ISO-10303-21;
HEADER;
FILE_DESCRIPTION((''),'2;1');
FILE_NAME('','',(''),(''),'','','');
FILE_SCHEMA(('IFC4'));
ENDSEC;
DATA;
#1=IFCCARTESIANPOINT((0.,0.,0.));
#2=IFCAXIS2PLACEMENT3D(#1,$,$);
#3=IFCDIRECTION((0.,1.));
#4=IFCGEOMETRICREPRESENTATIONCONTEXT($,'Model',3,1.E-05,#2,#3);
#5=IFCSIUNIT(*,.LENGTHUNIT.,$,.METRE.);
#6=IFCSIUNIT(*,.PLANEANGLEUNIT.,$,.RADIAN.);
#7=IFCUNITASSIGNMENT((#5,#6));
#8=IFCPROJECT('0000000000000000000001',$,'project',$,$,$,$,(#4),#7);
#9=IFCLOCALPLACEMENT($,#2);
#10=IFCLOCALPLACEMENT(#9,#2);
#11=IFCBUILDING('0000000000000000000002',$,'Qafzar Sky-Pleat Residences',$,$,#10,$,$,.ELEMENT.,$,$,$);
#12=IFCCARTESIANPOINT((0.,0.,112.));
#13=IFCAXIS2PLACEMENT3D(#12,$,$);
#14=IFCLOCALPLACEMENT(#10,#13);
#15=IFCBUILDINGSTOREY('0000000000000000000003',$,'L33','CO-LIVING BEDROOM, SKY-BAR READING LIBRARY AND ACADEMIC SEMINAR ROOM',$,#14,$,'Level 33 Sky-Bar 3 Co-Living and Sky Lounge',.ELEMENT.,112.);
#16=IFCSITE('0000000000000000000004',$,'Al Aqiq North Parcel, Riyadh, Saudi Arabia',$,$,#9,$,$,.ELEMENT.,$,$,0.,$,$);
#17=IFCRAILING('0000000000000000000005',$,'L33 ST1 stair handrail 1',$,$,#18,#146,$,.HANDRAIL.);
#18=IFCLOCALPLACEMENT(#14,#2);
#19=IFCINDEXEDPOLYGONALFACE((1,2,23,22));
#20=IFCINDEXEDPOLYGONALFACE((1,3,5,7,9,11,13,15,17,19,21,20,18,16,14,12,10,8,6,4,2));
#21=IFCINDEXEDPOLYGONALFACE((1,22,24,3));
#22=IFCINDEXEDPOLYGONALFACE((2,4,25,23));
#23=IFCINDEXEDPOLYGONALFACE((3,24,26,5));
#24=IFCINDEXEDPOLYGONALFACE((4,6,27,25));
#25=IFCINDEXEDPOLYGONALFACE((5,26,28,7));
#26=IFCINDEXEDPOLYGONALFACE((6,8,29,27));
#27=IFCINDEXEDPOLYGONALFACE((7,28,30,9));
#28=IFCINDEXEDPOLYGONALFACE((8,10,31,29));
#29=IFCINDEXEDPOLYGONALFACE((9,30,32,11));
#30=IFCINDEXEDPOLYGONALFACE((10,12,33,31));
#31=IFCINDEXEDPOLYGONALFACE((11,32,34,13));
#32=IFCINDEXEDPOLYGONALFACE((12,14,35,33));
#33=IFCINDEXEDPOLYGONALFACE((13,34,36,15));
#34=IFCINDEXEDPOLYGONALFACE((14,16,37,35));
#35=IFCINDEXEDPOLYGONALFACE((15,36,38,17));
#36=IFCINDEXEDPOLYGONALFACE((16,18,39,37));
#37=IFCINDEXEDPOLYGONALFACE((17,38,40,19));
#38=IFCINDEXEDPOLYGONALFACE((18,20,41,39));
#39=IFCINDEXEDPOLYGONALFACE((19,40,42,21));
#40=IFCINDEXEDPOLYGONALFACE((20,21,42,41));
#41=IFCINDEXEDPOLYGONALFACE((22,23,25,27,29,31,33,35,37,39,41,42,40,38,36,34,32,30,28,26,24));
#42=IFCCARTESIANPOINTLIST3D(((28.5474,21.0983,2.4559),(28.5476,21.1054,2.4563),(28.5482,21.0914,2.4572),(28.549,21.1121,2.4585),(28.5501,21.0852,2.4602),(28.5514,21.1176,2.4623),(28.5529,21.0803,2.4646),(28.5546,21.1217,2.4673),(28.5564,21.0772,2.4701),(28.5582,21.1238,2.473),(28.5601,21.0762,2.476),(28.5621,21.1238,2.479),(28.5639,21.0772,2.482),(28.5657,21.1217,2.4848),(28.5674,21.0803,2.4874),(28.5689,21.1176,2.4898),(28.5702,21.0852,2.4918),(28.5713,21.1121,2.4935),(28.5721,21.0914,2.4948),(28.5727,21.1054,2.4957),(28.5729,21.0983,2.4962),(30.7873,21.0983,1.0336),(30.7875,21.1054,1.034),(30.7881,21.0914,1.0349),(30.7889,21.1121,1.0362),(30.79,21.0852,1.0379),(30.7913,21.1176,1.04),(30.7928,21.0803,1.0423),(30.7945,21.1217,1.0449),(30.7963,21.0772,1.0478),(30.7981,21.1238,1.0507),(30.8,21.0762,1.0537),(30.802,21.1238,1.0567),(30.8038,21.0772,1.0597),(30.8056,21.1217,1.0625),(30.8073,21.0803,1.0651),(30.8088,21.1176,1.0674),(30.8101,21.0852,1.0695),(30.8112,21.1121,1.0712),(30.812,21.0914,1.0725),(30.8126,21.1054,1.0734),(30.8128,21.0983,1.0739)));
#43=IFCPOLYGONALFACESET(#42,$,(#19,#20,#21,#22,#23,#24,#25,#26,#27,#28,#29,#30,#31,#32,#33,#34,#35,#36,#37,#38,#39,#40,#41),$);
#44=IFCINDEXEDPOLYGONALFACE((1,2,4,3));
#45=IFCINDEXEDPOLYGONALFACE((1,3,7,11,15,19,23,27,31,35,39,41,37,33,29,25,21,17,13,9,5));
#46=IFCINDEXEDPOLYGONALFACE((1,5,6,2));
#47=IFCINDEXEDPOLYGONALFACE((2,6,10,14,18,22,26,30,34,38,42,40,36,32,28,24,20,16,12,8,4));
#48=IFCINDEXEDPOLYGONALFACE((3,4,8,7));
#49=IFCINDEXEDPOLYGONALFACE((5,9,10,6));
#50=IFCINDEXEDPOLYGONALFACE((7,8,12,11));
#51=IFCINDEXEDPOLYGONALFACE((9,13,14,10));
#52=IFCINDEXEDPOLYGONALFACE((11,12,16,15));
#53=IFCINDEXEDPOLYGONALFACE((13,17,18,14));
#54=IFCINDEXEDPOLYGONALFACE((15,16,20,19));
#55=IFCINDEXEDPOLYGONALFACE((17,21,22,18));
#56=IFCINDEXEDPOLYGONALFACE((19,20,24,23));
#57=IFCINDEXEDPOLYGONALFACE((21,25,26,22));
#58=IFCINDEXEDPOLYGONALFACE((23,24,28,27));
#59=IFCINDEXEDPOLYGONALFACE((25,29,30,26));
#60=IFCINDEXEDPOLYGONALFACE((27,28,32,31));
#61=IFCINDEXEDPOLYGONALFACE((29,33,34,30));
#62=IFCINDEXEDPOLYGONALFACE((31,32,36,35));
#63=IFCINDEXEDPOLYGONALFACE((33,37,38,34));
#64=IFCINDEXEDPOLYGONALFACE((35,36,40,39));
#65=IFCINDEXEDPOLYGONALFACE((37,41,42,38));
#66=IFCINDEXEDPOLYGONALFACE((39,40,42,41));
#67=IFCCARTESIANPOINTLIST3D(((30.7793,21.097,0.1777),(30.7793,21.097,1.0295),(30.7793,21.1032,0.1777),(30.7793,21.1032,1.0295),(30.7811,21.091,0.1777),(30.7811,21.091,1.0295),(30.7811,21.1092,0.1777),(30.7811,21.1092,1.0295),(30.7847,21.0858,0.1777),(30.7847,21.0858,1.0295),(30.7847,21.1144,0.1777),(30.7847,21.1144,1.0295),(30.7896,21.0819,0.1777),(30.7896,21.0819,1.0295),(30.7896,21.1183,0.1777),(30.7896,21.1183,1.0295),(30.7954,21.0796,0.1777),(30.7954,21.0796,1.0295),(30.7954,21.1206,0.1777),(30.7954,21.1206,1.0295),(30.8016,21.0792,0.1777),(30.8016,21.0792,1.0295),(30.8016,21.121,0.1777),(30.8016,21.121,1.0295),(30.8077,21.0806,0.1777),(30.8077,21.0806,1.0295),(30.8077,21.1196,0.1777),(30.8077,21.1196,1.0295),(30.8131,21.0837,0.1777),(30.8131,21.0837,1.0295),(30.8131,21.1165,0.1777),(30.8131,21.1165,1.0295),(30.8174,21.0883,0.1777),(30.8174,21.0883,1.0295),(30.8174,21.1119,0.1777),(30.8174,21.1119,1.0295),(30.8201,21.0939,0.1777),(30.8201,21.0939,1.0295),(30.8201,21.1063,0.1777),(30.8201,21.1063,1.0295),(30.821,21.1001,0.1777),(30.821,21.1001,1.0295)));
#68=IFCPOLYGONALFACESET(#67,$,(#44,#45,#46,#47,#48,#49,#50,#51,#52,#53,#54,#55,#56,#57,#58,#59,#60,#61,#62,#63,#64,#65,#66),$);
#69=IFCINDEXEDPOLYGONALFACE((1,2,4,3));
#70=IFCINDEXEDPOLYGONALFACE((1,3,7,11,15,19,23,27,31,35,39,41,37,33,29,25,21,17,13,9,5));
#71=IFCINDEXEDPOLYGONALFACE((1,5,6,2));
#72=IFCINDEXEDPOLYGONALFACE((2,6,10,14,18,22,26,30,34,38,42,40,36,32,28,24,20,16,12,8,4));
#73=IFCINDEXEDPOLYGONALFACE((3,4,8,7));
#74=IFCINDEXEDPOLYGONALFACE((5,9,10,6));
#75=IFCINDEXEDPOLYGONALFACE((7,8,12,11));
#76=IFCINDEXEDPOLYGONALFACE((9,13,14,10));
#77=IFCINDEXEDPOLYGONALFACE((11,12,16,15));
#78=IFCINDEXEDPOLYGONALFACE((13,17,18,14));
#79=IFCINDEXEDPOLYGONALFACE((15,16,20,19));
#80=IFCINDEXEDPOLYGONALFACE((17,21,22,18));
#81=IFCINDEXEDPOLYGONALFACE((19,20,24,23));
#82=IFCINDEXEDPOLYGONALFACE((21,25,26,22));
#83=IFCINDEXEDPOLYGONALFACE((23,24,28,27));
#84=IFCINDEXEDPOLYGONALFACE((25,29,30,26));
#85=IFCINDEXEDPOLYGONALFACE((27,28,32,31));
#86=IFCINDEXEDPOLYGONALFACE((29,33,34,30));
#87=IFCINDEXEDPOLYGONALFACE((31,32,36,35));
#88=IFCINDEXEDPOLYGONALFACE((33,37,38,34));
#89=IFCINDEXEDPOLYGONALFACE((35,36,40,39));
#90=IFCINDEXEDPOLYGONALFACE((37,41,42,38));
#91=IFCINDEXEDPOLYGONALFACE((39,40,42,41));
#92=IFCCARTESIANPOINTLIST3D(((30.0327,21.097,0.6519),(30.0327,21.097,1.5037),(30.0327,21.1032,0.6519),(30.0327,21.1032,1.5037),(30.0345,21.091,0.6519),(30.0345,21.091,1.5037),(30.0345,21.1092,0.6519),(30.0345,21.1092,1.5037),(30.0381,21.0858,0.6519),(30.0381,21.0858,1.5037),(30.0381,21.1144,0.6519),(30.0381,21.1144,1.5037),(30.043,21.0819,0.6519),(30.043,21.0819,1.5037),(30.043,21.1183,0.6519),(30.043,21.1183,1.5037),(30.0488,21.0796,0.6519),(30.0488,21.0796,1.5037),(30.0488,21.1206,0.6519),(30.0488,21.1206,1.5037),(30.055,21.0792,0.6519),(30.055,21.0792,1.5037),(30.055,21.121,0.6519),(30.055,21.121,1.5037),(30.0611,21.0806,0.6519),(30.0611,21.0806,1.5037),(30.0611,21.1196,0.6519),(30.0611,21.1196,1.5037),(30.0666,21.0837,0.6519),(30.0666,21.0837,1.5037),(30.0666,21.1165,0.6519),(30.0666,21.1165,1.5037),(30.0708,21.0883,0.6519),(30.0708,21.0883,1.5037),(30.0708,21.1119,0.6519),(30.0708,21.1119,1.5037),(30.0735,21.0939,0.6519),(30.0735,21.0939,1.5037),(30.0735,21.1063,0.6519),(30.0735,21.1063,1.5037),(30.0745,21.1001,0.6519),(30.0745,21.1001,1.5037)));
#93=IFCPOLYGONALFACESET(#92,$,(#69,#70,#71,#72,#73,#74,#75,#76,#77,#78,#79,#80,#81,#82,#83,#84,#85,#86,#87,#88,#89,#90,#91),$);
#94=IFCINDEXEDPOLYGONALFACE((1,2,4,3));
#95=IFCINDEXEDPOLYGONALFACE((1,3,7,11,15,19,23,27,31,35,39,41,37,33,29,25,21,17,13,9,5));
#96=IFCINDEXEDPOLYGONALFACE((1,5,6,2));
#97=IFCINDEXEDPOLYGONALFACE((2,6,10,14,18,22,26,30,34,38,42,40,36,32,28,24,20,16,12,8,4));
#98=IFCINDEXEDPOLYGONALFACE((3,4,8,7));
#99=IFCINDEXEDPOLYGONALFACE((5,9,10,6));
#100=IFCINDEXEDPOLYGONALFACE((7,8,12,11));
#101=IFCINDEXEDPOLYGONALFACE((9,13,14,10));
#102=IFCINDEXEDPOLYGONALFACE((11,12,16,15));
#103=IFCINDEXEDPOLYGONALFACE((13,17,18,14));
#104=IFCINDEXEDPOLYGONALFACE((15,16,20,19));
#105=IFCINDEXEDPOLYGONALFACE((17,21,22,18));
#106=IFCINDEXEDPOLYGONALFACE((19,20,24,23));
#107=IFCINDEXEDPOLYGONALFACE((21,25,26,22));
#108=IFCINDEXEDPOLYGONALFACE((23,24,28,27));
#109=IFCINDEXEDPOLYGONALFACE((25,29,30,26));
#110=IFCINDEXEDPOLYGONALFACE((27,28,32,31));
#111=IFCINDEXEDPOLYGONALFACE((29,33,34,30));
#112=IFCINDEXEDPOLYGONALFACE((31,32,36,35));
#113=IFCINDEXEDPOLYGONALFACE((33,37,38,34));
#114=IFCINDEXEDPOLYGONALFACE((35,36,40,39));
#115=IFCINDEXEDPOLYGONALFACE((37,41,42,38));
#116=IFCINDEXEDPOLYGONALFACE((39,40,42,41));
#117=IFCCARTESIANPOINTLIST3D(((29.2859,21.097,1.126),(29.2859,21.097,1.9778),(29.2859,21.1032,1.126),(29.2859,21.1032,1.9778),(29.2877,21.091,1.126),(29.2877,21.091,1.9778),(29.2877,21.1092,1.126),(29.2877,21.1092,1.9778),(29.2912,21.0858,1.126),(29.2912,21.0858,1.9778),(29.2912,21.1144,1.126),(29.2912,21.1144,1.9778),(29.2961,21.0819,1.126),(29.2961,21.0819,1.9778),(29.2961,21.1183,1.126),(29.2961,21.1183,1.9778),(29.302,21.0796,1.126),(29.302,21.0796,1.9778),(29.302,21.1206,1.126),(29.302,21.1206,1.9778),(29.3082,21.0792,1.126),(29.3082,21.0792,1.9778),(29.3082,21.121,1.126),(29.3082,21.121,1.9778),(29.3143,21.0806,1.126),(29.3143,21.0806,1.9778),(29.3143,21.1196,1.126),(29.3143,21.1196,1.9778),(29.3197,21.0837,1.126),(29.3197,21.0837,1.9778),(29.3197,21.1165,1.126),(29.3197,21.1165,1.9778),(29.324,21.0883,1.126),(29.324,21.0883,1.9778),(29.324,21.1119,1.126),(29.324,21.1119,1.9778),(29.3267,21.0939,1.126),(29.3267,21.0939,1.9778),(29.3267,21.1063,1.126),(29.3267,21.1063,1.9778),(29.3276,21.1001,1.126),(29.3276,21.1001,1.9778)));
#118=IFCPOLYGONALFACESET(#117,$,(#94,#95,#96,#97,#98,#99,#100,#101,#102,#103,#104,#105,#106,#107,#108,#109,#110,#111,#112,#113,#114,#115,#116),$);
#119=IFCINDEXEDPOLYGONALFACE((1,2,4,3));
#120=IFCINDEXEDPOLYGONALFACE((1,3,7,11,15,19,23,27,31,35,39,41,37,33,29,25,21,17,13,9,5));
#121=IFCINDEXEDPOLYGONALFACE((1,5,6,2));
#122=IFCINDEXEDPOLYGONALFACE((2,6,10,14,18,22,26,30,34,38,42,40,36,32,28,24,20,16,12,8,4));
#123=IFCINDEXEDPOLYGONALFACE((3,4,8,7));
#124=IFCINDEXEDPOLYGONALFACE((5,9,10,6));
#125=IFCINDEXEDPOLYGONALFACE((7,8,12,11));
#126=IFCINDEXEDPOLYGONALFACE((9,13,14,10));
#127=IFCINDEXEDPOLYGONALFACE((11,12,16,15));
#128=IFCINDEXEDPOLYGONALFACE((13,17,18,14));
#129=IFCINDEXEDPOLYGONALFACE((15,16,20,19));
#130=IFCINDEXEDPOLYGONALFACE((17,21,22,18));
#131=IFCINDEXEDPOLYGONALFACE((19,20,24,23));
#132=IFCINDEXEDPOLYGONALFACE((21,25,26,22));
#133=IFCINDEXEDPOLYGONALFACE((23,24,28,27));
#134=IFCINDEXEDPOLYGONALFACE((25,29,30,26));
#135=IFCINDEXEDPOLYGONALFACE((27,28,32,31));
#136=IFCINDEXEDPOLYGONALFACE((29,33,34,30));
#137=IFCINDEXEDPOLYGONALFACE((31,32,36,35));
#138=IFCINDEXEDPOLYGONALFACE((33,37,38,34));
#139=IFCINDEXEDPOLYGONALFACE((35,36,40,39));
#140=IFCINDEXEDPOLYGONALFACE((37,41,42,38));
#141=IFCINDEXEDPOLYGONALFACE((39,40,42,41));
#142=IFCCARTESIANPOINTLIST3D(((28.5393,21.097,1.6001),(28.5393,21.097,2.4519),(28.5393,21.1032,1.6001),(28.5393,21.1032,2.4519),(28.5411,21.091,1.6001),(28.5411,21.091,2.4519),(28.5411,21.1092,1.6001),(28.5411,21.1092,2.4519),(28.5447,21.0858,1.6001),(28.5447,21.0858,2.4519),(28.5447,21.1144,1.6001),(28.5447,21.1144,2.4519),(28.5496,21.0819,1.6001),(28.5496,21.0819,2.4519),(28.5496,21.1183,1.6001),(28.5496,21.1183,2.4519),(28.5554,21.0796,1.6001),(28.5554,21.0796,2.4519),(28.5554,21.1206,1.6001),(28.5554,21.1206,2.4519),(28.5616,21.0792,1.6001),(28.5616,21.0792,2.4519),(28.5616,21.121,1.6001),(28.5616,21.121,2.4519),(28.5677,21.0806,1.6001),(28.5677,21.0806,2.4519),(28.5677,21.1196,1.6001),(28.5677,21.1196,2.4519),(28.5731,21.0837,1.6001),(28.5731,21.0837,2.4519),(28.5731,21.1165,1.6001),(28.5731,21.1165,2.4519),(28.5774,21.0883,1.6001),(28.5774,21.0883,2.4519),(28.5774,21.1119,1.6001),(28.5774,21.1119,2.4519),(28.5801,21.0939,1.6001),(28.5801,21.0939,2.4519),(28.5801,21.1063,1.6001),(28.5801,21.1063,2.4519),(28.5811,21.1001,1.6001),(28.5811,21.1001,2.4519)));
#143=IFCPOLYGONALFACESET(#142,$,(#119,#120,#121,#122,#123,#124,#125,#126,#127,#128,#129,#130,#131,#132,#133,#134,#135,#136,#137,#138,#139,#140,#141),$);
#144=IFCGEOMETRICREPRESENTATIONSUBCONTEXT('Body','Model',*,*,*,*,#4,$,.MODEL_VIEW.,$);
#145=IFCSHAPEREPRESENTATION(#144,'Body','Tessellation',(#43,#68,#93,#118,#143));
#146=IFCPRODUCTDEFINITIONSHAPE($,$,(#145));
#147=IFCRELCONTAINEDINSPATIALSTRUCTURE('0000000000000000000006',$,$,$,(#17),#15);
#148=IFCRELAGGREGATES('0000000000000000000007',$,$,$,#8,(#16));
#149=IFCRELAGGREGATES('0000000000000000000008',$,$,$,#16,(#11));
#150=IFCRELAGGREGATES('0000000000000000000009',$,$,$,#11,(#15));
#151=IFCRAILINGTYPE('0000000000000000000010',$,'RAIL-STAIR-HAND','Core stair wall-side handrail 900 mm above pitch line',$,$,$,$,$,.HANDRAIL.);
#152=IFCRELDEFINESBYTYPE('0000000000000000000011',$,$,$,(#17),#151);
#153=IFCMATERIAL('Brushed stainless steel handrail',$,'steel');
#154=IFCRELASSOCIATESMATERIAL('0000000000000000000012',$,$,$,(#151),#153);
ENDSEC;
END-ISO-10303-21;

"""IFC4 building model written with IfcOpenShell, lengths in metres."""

from ifc_helpers import new_model, si_unit, direction, frame, origin, origin_2d, place, context, subcontext, project, spatial, circle, extrude, source, transform, mapped, material, type_object, element, save


model = new_model("IFC4")

# Units and contexts
model_context = context("Model", 3, precision=1e-05, world=origin(), true_north=direction((0.0, 1.0)))
body_context = subcontext(model_context, "Body", "Model", "MODEL_VIEW")
ifc_project = project(units=[si_unit("LENGTHUNIT", "METRE"), si_unit("PLANEANGLEUNIT", "RADIAN")], contexts=[model_context])

# Site, building, storey
site_placement = place(None, origin())
site = spatial("IfcSite", under=ifc_project, at=site_placement, Name="Al Aqiq North Parcel, Riyadh, Saudi Arabia", CompositionType="ELEMENT", RefElevation=0.0)
building_placement = place(site_placement, origin())
building = spatial("IfcBuilding", under=site, at=building_placement, Name="Qafzar Sky-Pleat Residences", CompositionType="ELEMENT")
storey_placement = place(building_placement, frame((0.0, 0.0, 112.0)))
storey = spatial("IfcBuildingStorey", under=building, at=storey_placement, Name="L33", Description="CO-LIVING BEDROOM, SKY-BAR READING LIBRARY AND ACADEMIC SEMINAR ROOM", LongName="Level 33 Sky-Bar 3 Co-Living and Sky Lounge", CompositionType="ELEMENT", Elevation=112.0)

# Railing
ifc_material_1 = material(Name="Brushed stainless steel handrail", Category="steel")
railing_type_1 = type_object("IfcRailingType", Name="RAIL-STAIR-HAND", Description="Core stair wall-side handrail 900 mm above pitch line", PredefinedType="HANDRAIL", material=ifc_material_1)
shared_shape_1 = source(origin(), body_context, "Body", "SweptSolid", [
    extrude(circle(Radius=0.0239, at=origin_2d()), frame((0.0, 0.0, 0.876), z_axis=(-0.844188, 0.0, 0.536048), x_axis=(0.0, -1.0, 0.0)), (0.0, 0.0, 1.0), 2.6533),
    extrude(circle(Radius=0.021, at=origin_2d()), origin(), (0.0, 0.0, 1.0), 0.8518),
    extrude(circle(Radius=0.021, at=origin_2d()), frame((-0.7466, 0.0, 0.4741)), (0.0, 0.0, 1.0), 0.8518),
    extrude(circle(Radius=0.021, at=origin_2d()), frame((-1.4934, 0.0, 0.9482)), (0.0, 0.0, 1.0), 0.8518),
    extrude(circle(Radius=0.021, at=origin_2d()), frame((-2.24, 0.0, 1.4224)), (0.0, 0.0, 1.0), 0.8518),
])
railing_1_placement = place(storey_placement, frame((30.8, 21.1001, 0.1777)))
element("IfcRailing", 1, at=railing_1_placement, inside=storey, type_object=railing_type_1, Name="L33 ST1 stair handrail 1", PredefinedType="HANDRAIL", context=body_context, shape_type="MappedRepresentation", body=[
    mapped(shared_shape_1, transform((0.0, 0.0, 0.0), x_axis=(1.0, 0.0, 0.0), y_axis=(0.0, 1.0, 0.0), z_axis=(0.0, 0.0, 1.0), scale=1.0)),
])

save(model, "model.ifc")
